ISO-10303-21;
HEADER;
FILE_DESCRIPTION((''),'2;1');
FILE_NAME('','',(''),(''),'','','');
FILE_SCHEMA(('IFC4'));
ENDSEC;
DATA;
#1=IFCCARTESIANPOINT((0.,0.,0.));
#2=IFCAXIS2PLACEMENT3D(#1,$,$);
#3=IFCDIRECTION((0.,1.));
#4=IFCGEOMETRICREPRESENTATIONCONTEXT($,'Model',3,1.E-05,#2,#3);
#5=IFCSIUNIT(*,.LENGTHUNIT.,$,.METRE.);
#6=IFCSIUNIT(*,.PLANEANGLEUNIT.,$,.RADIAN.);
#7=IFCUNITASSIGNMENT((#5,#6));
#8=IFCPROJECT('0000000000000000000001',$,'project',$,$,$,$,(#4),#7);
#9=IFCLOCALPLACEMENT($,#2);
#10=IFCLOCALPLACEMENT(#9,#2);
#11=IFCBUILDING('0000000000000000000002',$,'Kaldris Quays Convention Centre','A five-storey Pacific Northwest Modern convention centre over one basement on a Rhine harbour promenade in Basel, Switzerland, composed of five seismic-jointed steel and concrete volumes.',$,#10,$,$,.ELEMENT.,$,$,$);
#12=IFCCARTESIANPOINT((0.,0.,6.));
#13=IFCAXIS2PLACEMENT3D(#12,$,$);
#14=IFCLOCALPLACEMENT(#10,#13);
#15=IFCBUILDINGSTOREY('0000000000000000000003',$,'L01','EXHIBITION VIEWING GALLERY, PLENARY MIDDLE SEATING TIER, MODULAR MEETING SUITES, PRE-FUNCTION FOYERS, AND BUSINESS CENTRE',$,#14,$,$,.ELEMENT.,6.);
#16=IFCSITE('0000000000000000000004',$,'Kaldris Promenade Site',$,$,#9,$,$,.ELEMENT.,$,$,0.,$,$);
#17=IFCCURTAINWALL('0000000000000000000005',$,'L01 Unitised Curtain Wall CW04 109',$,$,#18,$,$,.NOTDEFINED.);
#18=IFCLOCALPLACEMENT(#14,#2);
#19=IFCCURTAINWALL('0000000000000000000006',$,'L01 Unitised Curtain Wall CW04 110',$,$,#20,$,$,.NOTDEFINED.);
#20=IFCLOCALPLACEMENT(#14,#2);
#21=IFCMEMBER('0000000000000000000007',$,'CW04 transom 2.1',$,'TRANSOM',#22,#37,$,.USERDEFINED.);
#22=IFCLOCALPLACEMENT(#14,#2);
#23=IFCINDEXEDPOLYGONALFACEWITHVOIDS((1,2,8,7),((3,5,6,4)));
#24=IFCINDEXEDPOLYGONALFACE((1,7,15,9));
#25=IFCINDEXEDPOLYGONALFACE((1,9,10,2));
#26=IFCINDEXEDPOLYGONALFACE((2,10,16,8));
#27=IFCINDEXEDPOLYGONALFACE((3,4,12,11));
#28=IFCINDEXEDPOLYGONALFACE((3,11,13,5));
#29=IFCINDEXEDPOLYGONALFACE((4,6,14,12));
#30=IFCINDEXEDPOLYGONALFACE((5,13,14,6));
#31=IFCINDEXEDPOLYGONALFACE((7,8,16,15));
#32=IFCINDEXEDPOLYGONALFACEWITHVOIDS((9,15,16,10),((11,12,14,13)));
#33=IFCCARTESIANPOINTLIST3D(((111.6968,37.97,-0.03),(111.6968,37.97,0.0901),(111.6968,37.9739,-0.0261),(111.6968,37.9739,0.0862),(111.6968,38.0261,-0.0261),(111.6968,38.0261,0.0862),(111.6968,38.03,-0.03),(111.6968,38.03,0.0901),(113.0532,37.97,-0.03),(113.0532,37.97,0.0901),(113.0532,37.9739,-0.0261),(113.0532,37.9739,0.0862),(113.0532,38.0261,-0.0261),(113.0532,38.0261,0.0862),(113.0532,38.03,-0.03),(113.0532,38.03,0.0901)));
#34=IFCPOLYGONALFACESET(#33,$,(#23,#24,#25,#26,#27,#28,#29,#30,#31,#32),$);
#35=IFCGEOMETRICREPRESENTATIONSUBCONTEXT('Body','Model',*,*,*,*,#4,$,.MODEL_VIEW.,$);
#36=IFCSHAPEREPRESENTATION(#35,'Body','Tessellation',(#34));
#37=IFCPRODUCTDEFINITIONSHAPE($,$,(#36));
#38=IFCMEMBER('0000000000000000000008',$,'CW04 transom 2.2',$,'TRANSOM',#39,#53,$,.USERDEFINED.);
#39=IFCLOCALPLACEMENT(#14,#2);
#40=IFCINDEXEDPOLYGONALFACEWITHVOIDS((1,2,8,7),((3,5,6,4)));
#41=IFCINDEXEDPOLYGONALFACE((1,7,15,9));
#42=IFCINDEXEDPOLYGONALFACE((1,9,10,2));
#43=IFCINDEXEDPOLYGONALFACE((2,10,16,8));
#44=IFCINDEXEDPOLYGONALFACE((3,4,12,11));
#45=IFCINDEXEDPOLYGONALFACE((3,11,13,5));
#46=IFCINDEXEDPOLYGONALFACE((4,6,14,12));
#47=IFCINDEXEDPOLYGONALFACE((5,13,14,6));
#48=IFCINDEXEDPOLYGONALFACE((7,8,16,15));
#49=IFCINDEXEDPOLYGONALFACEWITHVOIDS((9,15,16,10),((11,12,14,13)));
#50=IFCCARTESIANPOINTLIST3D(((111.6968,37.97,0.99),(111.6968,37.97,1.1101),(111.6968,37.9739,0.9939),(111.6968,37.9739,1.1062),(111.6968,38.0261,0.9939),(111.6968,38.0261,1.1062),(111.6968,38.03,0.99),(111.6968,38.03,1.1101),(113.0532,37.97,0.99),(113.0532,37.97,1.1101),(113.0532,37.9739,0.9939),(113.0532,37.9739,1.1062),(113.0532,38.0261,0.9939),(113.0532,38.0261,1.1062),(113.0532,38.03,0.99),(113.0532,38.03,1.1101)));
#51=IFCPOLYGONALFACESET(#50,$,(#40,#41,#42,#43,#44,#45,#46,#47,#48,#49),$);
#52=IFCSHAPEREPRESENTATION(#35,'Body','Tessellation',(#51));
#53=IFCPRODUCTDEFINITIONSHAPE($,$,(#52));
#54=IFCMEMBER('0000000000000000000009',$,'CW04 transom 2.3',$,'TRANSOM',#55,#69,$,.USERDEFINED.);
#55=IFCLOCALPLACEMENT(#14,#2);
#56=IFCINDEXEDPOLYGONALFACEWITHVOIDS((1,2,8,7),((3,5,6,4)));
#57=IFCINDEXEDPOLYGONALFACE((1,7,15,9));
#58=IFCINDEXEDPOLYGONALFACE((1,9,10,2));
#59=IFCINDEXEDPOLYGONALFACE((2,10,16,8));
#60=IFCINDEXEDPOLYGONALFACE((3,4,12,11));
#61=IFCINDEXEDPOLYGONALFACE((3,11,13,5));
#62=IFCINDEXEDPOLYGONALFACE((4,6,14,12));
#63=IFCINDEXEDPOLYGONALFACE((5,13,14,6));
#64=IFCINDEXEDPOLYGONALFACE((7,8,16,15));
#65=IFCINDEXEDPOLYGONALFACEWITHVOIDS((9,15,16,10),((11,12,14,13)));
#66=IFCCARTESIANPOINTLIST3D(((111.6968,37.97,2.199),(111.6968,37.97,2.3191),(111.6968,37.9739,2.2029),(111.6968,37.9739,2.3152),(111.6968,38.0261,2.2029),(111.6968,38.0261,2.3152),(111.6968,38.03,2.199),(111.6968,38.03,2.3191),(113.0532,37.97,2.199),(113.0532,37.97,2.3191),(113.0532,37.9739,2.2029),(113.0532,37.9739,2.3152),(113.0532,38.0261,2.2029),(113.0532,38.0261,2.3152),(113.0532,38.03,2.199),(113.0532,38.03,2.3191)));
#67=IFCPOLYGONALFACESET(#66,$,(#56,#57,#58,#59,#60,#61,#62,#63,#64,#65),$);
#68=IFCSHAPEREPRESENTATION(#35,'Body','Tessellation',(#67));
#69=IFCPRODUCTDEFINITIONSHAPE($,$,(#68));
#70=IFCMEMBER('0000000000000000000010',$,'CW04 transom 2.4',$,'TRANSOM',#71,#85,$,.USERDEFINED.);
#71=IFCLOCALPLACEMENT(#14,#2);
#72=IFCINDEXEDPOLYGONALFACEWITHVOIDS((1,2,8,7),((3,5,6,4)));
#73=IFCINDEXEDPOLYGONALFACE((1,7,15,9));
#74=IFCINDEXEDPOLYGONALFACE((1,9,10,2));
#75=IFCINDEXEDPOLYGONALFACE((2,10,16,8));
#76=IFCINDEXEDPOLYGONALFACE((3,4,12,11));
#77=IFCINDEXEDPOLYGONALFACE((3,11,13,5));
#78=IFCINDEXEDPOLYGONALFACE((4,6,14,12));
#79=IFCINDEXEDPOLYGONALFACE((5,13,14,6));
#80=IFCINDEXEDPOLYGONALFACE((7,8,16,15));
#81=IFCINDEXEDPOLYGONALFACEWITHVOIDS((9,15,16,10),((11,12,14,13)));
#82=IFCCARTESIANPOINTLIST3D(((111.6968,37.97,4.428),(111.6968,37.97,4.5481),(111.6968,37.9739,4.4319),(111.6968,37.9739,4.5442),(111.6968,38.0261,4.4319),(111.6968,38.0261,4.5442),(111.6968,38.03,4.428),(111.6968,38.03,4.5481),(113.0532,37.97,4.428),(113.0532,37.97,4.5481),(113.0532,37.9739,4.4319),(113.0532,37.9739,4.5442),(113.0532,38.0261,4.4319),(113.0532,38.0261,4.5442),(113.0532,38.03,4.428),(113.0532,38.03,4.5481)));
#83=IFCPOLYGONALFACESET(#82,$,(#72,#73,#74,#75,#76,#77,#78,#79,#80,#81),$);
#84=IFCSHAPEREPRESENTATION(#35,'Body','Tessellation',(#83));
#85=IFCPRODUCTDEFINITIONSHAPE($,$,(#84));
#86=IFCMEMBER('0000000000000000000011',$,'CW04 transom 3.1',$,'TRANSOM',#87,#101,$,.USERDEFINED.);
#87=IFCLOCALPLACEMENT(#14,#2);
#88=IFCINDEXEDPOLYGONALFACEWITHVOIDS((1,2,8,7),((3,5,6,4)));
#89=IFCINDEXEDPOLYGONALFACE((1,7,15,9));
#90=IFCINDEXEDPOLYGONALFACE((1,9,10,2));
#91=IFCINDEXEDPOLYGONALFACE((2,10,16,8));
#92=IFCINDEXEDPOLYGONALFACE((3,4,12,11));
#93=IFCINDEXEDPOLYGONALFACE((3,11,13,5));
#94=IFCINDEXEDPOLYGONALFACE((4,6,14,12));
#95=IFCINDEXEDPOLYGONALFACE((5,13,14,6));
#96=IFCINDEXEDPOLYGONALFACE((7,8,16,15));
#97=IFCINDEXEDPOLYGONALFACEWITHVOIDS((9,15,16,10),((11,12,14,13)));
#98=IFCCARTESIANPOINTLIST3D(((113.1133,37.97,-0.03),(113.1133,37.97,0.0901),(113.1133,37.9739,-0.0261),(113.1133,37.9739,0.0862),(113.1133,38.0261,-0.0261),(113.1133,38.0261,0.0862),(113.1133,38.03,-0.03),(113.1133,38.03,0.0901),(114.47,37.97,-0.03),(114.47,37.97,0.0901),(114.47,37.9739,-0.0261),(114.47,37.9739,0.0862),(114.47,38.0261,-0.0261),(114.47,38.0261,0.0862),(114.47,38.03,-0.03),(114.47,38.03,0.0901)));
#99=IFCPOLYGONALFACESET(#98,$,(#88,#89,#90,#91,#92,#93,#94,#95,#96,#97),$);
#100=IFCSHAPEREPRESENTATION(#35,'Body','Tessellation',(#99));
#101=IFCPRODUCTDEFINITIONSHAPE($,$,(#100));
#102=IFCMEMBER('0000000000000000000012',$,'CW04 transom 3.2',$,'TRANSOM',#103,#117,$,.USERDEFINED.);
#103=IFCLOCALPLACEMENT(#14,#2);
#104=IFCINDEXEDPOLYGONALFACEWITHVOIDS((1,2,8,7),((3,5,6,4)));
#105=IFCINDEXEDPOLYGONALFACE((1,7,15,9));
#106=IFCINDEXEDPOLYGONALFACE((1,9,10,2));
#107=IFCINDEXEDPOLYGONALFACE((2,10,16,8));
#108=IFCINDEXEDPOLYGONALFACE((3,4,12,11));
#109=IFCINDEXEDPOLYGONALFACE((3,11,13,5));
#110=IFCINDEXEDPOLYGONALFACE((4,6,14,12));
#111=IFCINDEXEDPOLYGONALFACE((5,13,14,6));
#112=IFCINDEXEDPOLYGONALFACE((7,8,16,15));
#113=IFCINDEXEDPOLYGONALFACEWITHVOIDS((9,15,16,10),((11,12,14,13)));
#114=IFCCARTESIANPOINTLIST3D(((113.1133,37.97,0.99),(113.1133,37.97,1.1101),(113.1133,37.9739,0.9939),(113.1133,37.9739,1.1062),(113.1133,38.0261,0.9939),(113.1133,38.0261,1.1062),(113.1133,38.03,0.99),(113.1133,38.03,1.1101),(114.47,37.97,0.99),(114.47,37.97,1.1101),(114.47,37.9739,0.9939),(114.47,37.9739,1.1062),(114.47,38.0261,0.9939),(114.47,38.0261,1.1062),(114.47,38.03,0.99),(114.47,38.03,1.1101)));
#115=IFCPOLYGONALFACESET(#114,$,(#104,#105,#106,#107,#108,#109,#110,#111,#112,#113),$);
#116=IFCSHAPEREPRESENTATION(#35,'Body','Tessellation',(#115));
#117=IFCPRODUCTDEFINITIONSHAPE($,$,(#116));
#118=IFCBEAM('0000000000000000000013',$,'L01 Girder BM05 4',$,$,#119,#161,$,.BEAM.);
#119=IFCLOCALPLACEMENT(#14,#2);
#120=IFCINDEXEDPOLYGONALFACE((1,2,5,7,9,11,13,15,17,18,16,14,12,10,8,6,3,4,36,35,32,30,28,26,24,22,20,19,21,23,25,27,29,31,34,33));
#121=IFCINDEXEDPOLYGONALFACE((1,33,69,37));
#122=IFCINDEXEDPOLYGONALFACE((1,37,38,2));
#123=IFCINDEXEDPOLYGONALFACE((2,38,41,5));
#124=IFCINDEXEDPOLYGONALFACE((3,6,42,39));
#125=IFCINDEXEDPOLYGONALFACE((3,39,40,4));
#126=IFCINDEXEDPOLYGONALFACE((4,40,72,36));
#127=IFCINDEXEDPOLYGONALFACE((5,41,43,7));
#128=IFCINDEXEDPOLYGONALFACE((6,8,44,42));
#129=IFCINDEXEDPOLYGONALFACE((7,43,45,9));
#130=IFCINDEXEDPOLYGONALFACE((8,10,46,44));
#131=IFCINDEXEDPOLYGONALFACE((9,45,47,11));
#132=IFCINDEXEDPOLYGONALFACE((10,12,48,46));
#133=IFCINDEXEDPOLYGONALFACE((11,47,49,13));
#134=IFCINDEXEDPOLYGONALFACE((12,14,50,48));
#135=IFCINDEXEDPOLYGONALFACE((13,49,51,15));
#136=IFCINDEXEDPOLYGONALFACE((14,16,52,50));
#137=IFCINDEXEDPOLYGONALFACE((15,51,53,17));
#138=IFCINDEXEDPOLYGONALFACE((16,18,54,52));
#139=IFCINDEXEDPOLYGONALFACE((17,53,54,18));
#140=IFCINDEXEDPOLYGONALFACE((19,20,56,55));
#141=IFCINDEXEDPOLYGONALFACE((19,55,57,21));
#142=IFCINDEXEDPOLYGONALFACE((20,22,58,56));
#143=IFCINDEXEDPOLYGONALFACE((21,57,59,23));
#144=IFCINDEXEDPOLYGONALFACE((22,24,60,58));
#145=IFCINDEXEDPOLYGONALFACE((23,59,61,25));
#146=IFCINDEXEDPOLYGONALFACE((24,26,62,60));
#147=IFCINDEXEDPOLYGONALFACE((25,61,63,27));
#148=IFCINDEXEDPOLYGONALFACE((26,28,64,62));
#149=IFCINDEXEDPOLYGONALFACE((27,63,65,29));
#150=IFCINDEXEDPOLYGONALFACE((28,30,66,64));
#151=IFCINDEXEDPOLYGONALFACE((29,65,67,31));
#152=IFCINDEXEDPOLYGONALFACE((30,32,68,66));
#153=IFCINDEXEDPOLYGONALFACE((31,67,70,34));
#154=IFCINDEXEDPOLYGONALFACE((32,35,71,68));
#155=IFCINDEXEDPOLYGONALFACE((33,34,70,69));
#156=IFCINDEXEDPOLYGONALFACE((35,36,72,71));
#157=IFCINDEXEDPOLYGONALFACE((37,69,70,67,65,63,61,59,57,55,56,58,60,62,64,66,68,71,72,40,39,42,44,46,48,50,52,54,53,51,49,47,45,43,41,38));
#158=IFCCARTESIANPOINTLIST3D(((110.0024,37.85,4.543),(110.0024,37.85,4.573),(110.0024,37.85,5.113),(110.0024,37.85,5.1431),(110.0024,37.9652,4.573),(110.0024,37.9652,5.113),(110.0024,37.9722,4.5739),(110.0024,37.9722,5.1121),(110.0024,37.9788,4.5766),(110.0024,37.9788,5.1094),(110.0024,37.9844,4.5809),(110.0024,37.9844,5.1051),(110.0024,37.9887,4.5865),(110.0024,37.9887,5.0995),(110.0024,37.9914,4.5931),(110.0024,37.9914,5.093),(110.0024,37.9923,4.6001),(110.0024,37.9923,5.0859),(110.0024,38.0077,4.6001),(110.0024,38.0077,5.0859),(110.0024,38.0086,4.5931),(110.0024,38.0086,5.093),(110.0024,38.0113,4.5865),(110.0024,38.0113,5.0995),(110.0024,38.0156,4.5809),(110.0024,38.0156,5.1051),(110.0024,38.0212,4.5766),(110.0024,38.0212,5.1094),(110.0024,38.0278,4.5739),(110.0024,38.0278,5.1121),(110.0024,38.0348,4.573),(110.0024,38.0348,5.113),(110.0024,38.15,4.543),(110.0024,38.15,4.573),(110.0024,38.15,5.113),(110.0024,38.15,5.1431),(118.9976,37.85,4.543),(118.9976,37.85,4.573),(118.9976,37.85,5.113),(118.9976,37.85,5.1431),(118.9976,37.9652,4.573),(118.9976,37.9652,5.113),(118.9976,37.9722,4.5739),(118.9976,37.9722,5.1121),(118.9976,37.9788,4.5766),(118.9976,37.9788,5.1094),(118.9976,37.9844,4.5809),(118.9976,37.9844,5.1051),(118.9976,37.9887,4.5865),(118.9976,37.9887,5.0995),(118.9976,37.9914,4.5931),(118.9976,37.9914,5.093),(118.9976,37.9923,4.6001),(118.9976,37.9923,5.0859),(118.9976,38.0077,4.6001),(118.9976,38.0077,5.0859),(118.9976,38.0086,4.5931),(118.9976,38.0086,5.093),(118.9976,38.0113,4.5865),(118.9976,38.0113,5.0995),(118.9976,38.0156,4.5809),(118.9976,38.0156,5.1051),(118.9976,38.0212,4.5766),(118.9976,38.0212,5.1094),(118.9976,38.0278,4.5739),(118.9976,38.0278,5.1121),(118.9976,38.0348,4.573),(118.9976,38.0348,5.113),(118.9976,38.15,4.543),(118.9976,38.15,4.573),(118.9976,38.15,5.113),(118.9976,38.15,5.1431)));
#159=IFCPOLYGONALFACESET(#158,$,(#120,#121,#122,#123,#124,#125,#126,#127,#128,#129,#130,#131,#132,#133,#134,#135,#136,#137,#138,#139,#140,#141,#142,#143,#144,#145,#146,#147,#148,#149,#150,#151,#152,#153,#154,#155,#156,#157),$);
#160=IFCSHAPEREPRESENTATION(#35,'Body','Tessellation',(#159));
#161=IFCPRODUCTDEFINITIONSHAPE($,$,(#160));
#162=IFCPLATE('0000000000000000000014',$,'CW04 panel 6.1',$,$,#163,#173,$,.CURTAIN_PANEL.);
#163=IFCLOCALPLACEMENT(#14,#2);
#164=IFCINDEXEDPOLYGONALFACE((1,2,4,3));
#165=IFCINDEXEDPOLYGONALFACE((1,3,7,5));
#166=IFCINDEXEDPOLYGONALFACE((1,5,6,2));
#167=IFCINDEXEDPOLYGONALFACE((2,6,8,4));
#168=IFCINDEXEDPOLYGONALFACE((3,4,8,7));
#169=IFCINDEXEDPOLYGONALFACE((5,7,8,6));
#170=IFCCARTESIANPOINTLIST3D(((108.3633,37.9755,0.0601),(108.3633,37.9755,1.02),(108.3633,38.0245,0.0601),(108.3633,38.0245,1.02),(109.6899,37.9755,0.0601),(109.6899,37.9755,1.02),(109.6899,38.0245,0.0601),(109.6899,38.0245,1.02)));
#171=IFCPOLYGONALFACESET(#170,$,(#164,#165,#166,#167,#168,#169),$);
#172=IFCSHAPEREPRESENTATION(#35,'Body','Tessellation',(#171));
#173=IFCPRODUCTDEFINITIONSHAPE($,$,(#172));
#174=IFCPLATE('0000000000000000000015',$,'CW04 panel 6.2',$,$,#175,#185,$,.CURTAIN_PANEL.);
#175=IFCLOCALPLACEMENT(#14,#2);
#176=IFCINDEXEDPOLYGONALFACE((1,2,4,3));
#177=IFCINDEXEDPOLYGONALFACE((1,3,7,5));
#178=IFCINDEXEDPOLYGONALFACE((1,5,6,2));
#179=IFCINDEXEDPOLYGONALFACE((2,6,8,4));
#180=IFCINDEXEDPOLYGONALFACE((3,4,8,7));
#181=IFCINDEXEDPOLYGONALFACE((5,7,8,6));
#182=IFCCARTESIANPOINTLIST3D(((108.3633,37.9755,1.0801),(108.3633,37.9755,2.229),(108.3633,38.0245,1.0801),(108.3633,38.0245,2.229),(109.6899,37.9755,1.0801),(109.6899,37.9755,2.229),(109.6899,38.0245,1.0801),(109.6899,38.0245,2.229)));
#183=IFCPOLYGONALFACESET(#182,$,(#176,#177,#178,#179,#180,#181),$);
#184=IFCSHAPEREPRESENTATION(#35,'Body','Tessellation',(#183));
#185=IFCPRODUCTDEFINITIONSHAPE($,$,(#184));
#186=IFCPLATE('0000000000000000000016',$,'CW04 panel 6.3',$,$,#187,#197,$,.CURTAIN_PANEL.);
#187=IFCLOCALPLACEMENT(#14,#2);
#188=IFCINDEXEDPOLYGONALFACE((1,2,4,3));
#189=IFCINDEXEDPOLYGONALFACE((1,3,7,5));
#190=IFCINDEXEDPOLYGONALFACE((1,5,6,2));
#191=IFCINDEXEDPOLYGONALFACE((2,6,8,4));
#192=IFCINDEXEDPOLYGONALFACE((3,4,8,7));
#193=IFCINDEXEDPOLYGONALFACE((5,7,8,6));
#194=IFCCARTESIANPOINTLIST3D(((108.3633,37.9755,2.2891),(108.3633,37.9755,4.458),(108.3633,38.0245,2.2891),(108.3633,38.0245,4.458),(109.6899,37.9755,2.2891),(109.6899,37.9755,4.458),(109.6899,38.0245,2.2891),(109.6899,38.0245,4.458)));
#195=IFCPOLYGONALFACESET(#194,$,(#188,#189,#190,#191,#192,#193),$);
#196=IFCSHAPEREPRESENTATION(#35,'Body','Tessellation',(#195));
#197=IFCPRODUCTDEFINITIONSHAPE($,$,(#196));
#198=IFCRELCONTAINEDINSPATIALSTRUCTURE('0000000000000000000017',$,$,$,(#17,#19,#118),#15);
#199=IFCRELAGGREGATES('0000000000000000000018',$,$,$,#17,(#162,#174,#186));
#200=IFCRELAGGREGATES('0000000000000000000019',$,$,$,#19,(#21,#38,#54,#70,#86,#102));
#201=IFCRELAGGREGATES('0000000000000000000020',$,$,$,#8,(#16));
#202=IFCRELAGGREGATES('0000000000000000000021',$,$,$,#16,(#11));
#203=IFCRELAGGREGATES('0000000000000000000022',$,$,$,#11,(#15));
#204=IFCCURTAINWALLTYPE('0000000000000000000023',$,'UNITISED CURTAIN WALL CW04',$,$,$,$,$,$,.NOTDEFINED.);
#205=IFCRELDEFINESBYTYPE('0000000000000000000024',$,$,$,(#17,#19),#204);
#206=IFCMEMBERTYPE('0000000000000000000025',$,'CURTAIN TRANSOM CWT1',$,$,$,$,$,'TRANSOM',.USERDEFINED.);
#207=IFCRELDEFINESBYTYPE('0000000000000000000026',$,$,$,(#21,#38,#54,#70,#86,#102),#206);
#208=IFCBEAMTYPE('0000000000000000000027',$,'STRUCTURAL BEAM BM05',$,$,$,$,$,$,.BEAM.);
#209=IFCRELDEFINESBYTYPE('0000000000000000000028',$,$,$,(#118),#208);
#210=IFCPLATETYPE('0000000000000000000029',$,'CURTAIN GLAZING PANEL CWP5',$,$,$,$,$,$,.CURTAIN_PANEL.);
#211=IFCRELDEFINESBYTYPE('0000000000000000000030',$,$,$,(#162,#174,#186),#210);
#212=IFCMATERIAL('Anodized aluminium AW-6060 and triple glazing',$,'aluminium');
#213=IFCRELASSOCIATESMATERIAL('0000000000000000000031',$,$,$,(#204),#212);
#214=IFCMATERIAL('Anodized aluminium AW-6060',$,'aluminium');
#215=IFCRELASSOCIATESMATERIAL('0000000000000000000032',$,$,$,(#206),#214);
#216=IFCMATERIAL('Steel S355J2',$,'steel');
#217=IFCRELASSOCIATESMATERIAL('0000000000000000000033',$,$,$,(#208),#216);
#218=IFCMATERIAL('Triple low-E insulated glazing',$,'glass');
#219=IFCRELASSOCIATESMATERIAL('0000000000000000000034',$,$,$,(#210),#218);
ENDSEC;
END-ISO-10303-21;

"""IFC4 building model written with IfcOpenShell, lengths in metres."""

from ifc_helpers import new_model, si_unit, direction, frame, origin, origin_2d, place, context, subcontext, project, spatial, rectangle, hollow_rectangle, i_section, extrude, material, material_profile, profile_set, type_object, element, aggregate, save


model = new_model("IFC4")

# Units and contexts
model_context = context("Model", 3, precision=1e-05, world=origin(), true_north=direction((0.0, 1.0)))
body_context = subcontext(model_context, "Body", "Model", "MODEL_VIEW")
ifc_project = project(units=[si_unit("LENGTHUNIT", "METRE"), si_unit("PLANEANGLEUNIT", "RADIAN")], contexts=[model_context])

# Site, building, storey
site_placement = place(None, origin())
site = spatial("IfcSite", under=ifc_project, at=site_placement, Name="Kaldris Promenade Site", CompositionType="ELEMENT", RefElevation=0.0)
building_placement = place(site_placement, origin())
building = spatial("IfcBuilding", under=site, at=building_placement, Name="Kaldris Quays Convention Centre", Description="A five-storey Pacific Northwest Modern convention centre over one basement on a Rhine harbour promenade in Basel, Switzerland, composed of five seismic-jointed steel and concrete volumes.", CompositionType="ELEMENT")
storey_placement = place(building_placement, frame((0.0, 0.0, 6.0)))
storey = spatial("IfcBuildingStorey", under=building, at=storey_placement, Name="L01", Description="EXHIBITION VIEWING GALLERY, PLENARY MIDDLE SEATING TIER, MODULAR MEETING SUITES, PRE-FUNCTION FOYERS, AND BUSINESS CENTRE", CompositionType="ELEMENT", Elevation=6.0)

# Shared definitions
ifc_material_1 = material(Name="Steel S355J2", Category="steel")

# Curtain wall
ifc_material_2 = material(Name="Anodized aluminium AW-6060 and triple glazing", Category="aluminium")
curtain_wall_type = type_object("IfcCurtainWallType", Name="UNITISED CURTAIN WALL CW04", PredefinedType="NOTDEFINED", material=ifc_material_2)
curtain_wall_1_placement = place(storey_placement, origin())
curtain_wall_1 = element("IfcCurtainWall", 1, at=curtain_wall_1_placement, inside=storey, type_object=curtain_wall_type, Name="L01 Unitised Curtain Wall CW04 109", PredefinedType="NOTDEFINED")
ifc_material_3 = material(Name="Anodized aluminium AW-6060", Category="aluminium")

# Curtain wall, members
curtain_wall_2_placement = place(storey_placement, origin())
curtain_wall_2 = element("IfcCurtainWall", 2, at=curtain_wall_2_placement, inside=storey, type_object=curtain_wall_type, Name="L01 Unitised Curtain Wall CW04 110", PredefinedType="NOTDEFINED")
ifc_material_profile_1 = material_profile(ifc_material_3, hollow_rectangle(XDim=0.0601, YDim=0.1201, WallThickness=0.0039, at=origin_2d()), Name="RHS 120x60x4")
ifc_profile_set_1 = profile_set([ifc_material_profile_1], Name="Anodized aluminium AW-6060")
member_type_1 = type_object("IfcMemberType", Name="CURTAIN TRANSOM CWT1", ElementType="TRANSOM", PredefinedType="USERDEFINED", material=ifc_profile_set_1)
member_1_placement = place(storey_placement, frame((111.6968, 38.0, 0.03), z_axis=(1.0, 0.0, 0.0), x_axis=(0.0, 1.0, 0.0)))
member_1 = element("IfcMember", 3, at=member_1_placement, type_object=member_type_1, Name="CW04 transom 2.1", ObjectType="TRANSOM", PredefinedType="USERDEFINED", context=body_context, shape_type="SweptSolid", body=[
    extrude(hollow_rectangle(XDim=0.0601, YDim=0.1201, WallThickness=0.0039, at=origin_2d()), origin(), (0.0, 0.0, 1.0), 1.3564),
])
member_2_placement = place(storey_placement, frame((111.6968, 38.0, 1.05), z_axis=(1.0, 0.0, 0.0), x_axis=(0.0, 1.0, 0.0)))
member_2 = element("IfcMember", 4, at=member_2_placement, type_object=member_type_1, Name="CW04 transom 2.2", ObjectType="TRANSOM", PredefinedType="USERDEFINED", context=body_context, shape_type="SweptSolid", body=[
    extrude(hollow_rectangle(XDim=0.0601, YDim=0.1201, WallThickness=0.0039, at=origin_2d()), origin(), (0.0, 0.0, 1.0), 1.3564),
])
member_3_placement = place(storey_placement, frame((111.6968, 38.0, 2.259), z_axis=(1.0, 0.0, 0.0), x_axis=(0.0, 1.0, 0.0)))
member_3 = element("IfcMember", 5, at=member_3_placement, type_object=member_type_1, Name="CW04 transom 2.3", ObjectType="TRANSOM", PredefinedType="USERDEFINED", context=body_context, shape_type="SweptSolid", body=[
    extrude(hollow_rectangle(XDim=0.0601, YDim=0.1201, WallThickness=0.0039, at=origin_2d()), origin(), (0.0, 0.0, 1.0), 1.3564),
])
member_4_placement = place(storey_placement, frame((111.6968, 38.0, 4.488), z_axis=(1.0, 0.0, 0.0), x_axis=(0.0, 1.0, 0.0)))
member_4 = element("IfcMember", 6, at=member_4_placement, type_object=member_type_1, Name="CW04 transom 2.4", ObjectType="TRANSOM", PredefinedType="USERDEFINED", context=body_context, shape_type="SweptSolid", body=[
    extrude(hollow_rectangle(XDim=0.0601, YDim=0.1201, WallThickness=0.0039, at=origin_2d()), origin(), (0.0, 0.0, 1.0), 1.3564),
])
member_5_placement = place(storey_placement, frame((113.1133, 38.0, 0.03), z_axis=(1.0, 0.0, 0.0), x_axis=(0.0, 1.0, 0.0)))
member_5 = element("IfcMember", 7, at=member_5_placement, type_object=member_type_1, Name="CW04 transom 3.1", ObjectType="TRANSOM", PredefinedType="USERDEFINED", context=body_context, shape_type="SweptSolid", body=[
    extrude(hollow_rectangle(XDim=0.0601, YDim=0.1201, WallThickness=0.0039, at=origin_2d()), origin(), (0.0, 0.0, 1.0), 1.3567),
])
member_6_placement = place(storey_placement, frame((113.1133, 38.0, 1.05), z_axis=(1.0, 0.0, 0.0), x_axis=(0.0, 1.0, 0.0)))
member_6 = element("IfcMember", 8, at=member_6_placement, type_object=member_type_1, Name="CW04 transom 3.2", ObjectType="TRANSOM", PredefinedType="USERDEFINED", context=body_context, shape_type="SweptSolid", body=[
    extrude(hollow_rectangle(XDim=0.0601, YDim=0.1201, WallThickness=0.0039, at=origin_2d()), origin(), (0.0, 0.0, 1.0), 1.3567),
])

# Beam
ifc_material_profile_2 = material_profile(ifc_material_1, i_section(OverallWidth=0.3, OverallDepth=0.6001, WebThickness=0.0154, FlangeThickness=0.03, FilletRadius=0.0271, at=origin_2d()), Name="HEB 600")
ifc_profile_set_2 = profile_set([ifc_material_profile_2], Name="Steel S355J2")
beam_type = type_object("IfcBeamType", Name="STRUCTURAL BEAM BM05", PredefinedType="BEAM", material=ifc_profile_set_2)
beam_placement = place(storey_placement, frame((110.0024, 38.0, 4.843), z_axis=(1.0, 0.0, 0.0), x_axis=(0.0, 1.0, 0.0)))
element("IfcBeam", 9, at=beam_placement, inside=storey, type_object=beam_type, Name="L01 Girder BM05 4", PredefinedType="BEAM", context=body_context, shape_type="SweptSolid", body=[
    extrude(i_section(OverallWidth=0.3, OverallDepth=0.6001, WebThickness=0.0154, FlangeThickness=0.03, FilletRadius=0.0271, at=origin_2d()), origin(), (0.0, 0.0, 1.0), 8.9951),
])

# Plates
ifc_material_4 = material(Name="Triple low-E insulated glazing", Category="glass")
plate_type_1 = type_object("IfcPlateType", Name="CURTAIN GLAZING PANEL CWP5", PredefinedType="CURTAIN_PANEL", material=ifc_material_4)
plate_1_placement = place(storey_placement, frame((109.0266, 38.0, 0.0601), z_axis=(0.0, 0.0, 1.0), x_axis=(1.0, 0.0, 0.0)))
plate_1 = element("IfcPlate", 10, at=plate_1_placement, type_object=plate_type_1, Name="CW04 panel 6.1", PredefinedType="CURTAIN_PANEL", context=body_context, shape_type="SweptSolid", body=[
    extrude(rectangle(XDim=1.3267, YDim=0.0491, at=origin_2d()), origin(), (0.0, 0.0, 1.0), 0.96),
])
plate_2_placement = place(storey_placement, frame((109.0266, 38.0, 1.0801), z_axis=(0.0, 0.0, 1.0), x_axis=(1.0, 0.0, 0.0)))
plate_2 = element("IfcPlate", 11, at=plate_2_placement, type_object=plate_type_1, Name="CW04 panel 6.2", PredefinedType="CURTAIN_PANEL", context=body_context, shape_type="SweptSolid", body=[
    extrude(rectangle(XDim=1.3267, YDim=0.0491, at=origin_2d()), origin(), (0.0, 0.0, 1.0), 1.1489),
])
plate_3_placement = place(storey_placement, frame((109.0266, 38.0, 2.2891), z_axis=(0.0, 0.0, 1.0), x_axis=(1.0, 0.0, 0.0)))
plate_3 = element("IfcPlate", 12, at=plate_3_placement, type_object=plate_type_1, Name="CW04 panel 6.3", PredefinedType="CURTAIN_PANEL", context=body_context, shape_type="SweptSolid", body=[
    extrude(rectangle(XDim=1.3267, YDim=0.0491, at=origin_2d()), origin(), (0.0, 0.0, 1.0), 2.1689),
])
aggregate(curtain_wall_1, [plate_1, plate_2, plate_3])
aggregate(curtain_wall_2, [member_1, member_2, member_3, member_4, member_5, member_6])

save(model, "model.ifc")
